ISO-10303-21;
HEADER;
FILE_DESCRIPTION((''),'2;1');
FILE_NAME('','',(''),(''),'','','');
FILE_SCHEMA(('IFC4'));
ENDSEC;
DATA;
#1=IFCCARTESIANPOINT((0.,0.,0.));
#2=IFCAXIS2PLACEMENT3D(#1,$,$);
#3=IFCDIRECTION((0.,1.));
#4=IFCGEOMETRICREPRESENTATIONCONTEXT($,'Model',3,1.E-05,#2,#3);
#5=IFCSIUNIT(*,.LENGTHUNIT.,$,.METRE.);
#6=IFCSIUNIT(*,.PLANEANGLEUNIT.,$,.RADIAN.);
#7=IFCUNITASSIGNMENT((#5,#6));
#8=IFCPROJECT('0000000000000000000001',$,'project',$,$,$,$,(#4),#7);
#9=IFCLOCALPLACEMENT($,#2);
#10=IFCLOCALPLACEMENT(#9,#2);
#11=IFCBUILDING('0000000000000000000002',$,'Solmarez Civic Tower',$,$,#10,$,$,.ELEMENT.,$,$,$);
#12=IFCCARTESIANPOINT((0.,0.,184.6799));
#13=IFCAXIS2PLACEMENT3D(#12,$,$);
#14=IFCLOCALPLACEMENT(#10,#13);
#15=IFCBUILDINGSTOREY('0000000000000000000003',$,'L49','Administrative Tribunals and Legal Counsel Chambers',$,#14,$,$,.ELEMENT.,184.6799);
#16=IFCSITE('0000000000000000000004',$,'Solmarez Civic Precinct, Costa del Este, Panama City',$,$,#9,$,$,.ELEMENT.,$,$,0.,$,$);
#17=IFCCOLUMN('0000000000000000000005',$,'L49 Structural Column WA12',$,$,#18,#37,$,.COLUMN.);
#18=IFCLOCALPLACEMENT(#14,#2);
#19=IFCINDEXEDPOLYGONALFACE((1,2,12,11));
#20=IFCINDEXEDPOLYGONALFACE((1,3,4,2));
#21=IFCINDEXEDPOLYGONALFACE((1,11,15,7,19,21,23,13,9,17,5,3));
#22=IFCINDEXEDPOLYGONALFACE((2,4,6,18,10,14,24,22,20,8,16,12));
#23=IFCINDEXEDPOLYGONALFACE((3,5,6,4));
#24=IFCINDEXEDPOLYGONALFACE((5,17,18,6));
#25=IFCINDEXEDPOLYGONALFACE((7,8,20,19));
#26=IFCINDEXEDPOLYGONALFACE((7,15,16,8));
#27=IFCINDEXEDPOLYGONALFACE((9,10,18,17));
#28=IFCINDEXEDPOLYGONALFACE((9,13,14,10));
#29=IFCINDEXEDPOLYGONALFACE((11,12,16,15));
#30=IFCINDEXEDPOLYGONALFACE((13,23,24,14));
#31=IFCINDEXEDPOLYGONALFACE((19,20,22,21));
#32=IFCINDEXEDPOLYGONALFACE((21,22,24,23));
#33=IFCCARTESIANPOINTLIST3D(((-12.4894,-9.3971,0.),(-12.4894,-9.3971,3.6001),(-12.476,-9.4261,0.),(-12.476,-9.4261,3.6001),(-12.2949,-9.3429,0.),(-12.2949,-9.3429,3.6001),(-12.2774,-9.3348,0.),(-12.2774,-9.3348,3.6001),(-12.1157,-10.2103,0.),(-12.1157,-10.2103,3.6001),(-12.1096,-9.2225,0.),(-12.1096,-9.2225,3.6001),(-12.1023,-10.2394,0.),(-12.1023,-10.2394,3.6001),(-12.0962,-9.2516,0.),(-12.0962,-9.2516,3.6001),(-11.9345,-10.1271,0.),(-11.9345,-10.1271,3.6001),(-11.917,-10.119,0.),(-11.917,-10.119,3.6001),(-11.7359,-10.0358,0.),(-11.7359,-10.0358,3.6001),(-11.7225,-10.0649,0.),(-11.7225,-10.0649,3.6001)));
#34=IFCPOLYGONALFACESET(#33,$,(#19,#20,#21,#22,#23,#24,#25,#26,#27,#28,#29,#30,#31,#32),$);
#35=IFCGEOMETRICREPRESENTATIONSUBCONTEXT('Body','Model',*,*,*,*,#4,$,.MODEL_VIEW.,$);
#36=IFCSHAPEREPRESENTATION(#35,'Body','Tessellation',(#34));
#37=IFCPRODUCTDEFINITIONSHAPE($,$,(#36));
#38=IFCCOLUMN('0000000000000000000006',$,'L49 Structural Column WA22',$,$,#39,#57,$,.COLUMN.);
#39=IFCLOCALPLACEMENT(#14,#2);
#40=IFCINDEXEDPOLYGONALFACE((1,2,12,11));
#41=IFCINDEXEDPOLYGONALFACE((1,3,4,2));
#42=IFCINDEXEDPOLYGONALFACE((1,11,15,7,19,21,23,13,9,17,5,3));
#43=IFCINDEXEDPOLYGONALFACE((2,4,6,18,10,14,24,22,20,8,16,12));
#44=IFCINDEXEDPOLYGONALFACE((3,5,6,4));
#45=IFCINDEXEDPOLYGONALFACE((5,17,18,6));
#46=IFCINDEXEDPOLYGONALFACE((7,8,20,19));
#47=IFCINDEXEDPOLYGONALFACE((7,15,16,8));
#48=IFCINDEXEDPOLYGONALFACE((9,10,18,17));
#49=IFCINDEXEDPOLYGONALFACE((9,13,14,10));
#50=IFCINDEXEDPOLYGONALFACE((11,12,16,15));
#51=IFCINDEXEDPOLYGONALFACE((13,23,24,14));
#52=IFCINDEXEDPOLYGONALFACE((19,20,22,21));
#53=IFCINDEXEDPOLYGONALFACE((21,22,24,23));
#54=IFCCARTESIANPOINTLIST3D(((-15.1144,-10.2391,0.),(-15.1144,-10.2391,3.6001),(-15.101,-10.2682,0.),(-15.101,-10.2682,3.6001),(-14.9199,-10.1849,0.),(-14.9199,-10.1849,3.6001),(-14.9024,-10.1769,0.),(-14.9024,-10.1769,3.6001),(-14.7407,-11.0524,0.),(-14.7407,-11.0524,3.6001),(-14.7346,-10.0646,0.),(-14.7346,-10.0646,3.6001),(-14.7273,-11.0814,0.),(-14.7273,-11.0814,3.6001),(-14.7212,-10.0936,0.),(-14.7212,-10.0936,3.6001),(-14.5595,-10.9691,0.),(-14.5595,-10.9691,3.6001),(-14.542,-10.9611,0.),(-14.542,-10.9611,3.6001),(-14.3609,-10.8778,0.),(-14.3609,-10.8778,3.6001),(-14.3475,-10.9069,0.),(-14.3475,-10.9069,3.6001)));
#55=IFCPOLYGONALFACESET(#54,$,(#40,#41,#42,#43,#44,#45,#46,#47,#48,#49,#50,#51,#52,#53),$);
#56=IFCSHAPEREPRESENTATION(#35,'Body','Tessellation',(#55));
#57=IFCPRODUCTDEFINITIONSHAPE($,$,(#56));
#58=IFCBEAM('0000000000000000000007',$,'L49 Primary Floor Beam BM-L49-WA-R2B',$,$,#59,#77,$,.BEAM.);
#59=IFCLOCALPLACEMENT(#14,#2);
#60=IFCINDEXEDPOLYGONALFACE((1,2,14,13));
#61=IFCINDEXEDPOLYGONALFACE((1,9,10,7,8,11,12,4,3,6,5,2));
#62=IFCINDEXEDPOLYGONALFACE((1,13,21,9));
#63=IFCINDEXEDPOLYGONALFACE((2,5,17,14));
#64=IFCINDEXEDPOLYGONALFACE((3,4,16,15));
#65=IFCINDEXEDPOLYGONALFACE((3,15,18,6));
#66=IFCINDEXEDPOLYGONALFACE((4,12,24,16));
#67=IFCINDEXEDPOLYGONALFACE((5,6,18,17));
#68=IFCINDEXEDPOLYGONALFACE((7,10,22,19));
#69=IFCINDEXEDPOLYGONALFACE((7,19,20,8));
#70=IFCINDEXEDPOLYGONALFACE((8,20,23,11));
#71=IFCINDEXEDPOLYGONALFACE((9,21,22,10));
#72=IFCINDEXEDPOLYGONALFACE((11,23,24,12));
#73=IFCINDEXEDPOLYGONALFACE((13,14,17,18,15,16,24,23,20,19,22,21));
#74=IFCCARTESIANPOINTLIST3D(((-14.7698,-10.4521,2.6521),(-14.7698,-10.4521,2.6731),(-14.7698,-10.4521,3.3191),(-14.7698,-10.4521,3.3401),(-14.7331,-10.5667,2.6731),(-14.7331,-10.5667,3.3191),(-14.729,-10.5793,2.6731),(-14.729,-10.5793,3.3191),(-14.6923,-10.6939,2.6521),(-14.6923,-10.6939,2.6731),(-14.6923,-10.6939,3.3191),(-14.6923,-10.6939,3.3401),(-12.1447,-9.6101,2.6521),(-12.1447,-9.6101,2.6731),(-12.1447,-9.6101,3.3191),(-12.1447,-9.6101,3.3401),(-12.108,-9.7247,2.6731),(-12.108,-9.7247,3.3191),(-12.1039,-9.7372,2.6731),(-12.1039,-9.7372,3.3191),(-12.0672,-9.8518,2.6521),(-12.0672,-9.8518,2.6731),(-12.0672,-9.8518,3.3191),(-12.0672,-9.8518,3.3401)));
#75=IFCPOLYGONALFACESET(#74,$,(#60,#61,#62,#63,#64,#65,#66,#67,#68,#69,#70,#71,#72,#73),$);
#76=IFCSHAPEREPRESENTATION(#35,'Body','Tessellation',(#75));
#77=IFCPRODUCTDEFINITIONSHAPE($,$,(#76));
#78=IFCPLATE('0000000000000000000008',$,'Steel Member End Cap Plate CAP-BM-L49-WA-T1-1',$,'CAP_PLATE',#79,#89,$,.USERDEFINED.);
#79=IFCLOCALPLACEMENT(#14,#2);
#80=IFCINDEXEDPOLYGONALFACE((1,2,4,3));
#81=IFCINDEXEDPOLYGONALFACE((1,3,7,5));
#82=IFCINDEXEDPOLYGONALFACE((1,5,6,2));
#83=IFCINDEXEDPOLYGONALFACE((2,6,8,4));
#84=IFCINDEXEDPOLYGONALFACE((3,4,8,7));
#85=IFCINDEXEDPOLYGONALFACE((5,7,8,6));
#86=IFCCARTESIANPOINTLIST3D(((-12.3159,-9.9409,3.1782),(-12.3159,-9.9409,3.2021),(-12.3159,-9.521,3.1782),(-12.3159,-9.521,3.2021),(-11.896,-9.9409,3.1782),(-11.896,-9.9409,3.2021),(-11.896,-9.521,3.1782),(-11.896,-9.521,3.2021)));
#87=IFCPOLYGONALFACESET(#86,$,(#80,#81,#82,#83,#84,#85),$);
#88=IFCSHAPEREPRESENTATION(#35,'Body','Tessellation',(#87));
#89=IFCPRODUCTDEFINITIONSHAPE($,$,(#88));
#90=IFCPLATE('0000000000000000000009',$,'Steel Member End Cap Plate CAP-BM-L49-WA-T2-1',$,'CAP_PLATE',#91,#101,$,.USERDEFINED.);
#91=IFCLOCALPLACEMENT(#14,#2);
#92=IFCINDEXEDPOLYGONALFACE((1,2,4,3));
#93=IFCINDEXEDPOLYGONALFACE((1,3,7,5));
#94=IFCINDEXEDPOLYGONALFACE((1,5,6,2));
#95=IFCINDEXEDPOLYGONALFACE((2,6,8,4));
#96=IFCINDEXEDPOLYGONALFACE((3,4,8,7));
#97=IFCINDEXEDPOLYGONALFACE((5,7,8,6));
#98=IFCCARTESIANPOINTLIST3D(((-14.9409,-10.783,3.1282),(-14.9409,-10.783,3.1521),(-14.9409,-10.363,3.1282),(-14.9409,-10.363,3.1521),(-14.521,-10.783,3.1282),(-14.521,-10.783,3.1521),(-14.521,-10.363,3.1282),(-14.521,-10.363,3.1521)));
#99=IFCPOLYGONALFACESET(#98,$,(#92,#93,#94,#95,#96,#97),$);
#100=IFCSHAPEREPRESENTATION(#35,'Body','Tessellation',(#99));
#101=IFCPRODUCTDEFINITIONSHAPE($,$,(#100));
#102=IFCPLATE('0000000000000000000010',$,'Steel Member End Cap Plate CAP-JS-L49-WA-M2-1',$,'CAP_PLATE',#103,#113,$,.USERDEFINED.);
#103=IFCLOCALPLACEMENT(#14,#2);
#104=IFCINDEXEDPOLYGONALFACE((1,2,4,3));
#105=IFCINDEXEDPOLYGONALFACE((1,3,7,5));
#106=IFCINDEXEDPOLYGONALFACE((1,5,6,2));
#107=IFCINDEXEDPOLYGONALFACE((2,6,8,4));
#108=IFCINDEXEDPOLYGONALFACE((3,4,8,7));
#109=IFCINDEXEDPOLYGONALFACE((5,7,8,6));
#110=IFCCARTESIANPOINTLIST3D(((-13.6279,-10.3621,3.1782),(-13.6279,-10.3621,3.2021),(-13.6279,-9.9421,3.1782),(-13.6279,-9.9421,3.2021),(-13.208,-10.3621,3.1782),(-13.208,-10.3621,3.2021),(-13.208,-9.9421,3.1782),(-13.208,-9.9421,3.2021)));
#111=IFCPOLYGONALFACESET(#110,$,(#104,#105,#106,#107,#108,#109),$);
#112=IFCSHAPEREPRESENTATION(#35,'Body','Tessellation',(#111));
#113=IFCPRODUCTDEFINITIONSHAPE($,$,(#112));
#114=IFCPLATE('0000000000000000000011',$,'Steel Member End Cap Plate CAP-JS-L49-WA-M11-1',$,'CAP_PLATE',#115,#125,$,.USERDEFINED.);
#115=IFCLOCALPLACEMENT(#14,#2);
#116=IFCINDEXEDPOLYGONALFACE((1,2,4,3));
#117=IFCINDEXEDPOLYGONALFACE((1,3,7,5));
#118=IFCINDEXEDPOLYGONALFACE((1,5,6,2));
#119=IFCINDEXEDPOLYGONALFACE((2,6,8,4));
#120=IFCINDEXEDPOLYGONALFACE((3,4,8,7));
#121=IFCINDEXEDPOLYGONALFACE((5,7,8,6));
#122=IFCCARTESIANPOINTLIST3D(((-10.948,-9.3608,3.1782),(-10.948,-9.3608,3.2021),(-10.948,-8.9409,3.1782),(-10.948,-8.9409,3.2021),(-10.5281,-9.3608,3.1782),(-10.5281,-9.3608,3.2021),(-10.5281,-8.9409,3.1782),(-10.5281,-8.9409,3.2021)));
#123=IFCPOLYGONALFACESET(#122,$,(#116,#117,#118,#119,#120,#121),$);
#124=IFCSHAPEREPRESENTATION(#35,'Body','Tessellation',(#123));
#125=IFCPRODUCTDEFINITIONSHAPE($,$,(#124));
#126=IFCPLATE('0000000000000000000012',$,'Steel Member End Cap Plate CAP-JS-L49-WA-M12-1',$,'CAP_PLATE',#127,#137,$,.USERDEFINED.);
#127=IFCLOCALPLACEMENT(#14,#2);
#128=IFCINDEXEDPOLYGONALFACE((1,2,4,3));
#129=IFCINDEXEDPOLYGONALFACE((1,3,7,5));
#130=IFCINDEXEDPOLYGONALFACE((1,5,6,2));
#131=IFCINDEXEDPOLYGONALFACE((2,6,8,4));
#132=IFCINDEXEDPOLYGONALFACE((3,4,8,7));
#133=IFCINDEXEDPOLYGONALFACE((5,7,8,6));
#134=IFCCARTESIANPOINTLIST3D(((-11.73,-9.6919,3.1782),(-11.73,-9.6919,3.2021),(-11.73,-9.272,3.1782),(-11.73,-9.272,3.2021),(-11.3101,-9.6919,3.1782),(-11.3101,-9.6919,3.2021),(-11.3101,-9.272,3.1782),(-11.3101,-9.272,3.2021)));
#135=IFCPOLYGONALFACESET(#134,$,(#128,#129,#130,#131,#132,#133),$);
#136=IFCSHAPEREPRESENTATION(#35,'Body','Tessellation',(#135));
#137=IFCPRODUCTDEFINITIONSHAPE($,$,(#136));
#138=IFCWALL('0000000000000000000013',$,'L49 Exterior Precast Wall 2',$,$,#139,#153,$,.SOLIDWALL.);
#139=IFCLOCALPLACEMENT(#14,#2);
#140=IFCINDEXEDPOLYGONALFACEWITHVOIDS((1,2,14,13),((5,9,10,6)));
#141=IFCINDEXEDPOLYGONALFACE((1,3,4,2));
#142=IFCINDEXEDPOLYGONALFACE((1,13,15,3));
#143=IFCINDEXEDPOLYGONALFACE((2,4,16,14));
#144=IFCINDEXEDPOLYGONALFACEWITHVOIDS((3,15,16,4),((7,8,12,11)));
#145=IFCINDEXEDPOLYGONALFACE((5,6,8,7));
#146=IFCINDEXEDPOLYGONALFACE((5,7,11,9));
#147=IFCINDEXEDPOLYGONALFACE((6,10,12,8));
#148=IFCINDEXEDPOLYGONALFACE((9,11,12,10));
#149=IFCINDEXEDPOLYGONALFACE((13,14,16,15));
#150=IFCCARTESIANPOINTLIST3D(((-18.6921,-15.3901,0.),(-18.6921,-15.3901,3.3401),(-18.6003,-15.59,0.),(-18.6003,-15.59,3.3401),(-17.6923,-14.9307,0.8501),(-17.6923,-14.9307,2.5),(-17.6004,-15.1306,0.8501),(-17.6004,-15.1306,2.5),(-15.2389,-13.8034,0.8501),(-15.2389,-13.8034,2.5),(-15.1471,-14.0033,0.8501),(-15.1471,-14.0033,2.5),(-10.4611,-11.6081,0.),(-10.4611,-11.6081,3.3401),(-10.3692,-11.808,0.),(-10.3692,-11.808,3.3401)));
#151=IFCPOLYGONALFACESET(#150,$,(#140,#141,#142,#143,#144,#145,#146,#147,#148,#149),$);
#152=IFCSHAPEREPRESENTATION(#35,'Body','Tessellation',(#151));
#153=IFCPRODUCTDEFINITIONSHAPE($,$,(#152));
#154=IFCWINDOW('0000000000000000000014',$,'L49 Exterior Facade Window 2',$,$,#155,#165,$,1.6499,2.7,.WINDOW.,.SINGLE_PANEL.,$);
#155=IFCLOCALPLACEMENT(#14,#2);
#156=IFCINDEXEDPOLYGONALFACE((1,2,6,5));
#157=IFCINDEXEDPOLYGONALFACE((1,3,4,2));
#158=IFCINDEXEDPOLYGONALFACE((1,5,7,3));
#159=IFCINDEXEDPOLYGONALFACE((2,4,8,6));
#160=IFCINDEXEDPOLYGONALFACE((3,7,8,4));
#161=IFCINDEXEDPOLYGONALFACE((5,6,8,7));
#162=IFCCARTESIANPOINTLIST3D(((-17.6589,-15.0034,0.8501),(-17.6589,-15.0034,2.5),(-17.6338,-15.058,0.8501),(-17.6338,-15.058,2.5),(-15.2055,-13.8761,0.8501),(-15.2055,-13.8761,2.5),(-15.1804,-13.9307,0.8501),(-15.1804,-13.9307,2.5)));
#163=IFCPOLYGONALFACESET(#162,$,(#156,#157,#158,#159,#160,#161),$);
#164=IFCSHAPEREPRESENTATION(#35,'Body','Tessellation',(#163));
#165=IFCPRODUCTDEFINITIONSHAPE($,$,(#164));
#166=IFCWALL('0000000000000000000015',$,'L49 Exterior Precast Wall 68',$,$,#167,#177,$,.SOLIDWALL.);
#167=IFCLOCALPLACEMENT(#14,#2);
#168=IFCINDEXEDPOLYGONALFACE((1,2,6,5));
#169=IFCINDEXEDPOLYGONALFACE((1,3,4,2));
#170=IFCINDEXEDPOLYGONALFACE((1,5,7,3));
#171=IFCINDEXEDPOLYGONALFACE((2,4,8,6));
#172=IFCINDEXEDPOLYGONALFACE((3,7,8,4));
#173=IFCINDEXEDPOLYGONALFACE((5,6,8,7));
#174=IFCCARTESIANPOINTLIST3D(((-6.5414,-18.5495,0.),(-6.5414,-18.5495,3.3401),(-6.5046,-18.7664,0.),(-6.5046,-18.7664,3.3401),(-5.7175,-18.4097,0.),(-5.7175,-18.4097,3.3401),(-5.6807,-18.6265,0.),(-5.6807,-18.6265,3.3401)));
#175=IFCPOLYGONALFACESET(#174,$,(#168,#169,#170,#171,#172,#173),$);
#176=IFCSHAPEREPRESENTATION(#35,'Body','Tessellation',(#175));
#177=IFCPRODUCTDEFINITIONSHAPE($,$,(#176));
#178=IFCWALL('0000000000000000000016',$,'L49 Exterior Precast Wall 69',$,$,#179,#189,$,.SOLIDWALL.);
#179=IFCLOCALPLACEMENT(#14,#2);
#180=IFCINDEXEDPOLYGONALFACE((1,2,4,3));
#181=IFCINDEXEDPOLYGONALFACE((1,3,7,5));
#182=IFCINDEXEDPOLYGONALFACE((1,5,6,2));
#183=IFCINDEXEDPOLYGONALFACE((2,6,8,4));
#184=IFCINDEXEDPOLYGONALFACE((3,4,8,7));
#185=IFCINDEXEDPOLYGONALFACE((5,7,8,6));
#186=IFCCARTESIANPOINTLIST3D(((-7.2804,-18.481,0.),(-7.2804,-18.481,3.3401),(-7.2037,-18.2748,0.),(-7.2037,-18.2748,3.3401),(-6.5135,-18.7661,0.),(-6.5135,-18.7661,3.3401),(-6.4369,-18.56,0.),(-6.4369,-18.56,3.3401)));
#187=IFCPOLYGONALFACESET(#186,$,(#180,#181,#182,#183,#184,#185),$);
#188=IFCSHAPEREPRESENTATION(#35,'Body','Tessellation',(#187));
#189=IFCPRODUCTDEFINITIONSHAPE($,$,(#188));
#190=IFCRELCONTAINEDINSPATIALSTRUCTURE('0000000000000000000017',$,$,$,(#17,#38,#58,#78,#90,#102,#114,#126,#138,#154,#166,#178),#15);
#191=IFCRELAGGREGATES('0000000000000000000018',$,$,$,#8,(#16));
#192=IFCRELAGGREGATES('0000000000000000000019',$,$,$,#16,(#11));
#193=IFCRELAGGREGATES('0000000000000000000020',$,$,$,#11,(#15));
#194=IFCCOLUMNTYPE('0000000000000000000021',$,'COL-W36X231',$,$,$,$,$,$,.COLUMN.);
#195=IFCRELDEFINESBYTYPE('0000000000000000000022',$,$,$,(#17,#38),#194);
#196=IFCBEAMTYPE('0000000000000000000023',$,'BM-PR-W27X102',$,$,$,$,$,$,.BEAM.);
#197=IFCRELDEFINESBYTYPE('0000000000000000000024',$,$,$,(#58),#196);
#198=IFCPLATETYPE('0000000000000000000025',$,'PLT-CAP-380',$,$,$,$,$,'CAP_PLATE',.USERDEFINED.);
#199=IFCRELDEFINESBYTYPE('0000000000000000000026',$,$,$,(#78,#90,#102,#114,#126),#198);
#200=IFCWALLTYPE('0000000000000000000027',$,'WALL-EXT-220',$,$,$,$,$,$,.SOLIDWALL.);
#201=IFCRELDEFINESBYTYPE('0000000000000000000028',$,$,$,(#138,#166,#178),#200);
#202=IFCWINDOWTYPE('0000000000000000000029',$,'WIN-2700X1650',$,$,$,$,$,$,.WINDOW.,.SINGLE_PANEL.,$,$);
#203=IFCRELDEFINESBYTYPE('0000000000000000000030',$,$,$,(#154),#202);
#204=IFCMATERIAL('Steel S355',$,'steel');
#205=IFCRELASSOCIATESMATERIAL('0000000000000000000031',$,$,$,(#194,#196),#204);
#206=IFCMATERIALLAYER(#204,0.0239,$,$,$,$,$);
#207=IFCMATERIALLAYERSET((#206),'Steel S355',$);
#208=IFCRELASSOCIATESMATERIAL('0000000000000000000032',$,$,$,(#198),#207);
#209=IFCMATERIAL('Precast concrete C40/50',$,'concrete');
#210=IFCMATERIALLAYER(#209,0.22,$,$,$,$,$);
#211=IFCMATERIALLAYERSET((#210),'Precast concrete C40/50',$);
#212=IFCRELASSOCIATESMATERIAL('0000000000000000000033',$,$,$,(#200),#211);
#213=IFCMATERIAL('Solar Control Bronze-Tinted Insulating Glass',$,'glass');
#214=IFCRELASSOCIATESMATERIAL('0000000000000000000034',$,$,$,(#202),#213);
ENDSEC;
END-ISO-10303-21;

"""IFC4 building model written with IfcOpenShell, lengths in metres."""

from ifc_helpers import new_model, si_unit, direction, frame, frame_2d, origin, origin_2d, place, context, subcontext, project, spatial, rectangle, i_section, extrude, material, layer, layer_set, material_profile, profile_set, type_object, element, fill, save


model = new_model("IFC4")

# Units and contexts
model_context = context("Model", 3, precision=1e-05, world=origin(), true_north=direction((0.0, 1.0)))
body_context = subcontext(model_context, "Body", "Model", "MODEL_VIEW")
ifc_project = project(units=[si_unit("LENGTHUNIT", "METRE"), si_unit("PLANEANGLEUNIT", "RADIAN")], contexts=[model_context])

# Site, building, storey
site_placement = place(None, origin())
site = spatial("IfcSite", under=ifc_project, at=site_placement, Name="Solmarez Civic Precinct, Costa del Este, Panama City", CompositionType="ELEMENT", RefElevation=0.0)
building_placement = place(site_placement, origin())
building = spatial("IfcBuilding", under=site, at=building_placement, Name="Solmarez Civic Tower", CompositionType="ELEMENT")
storey_placement = place(building_placement, frame((0.0, 0.0, 184.6799)))
storey = spatial("IfcBuildingStorey", under=building, at=storey_placement, Name="L49", Description="Administrative Tribunals and Legal Counsel Chambers", CompositionType="ELEMENT", Elevation=184.6799)

# Columns
ifc_material_1 = material(Name="Steel S355", Category="steel")
ifc_material_profile_1 = material_profile(ifc_material_1, i_section(OverallWidth=0.418, OverallDepth=0.927, WebThickness=0.0193, FlangeThickness=0.032, at=origin_2d()), Name="W36X231")
ifc_profile_set_1 = profile_set([ifc_material_profile_1], Name="Steel S355")
column_type = type_object("IfcColumnType", Name="COL-W36X231", PredefinedType="COLUMN", material=ifc_profile_set_1)
for number, where, z_axis, x_axis, name in (
    (1, (-12.106, -9.731, 0.0), (0.0, 0.0, 1.0), (0.908654, 0.41755, 0.0), "L49 Structural Column WA12"),
    (2, (-14.731, -10.573, 0.0), (0.0, 0.0, 1.0), (0.908654, 0.41755, 0.0), "L49 Structural Column WA22"),
):
    element("IfcColumn", number, at=place(storey_placement, frame(where, z_axis=z_axis, x_axis=x_axis)), inside=storey, type_object=column_type, Name=name, PredefinedType="COLUMN", context=body_context, shape_type="SweptSolid", body=[
        extrude(i_section(OverallWidth=0.418, OverallDepth=0.927, WebThickness=0.0193, FlangeThickness=0.032, at=origin_2d()), origin(), (0.0, 0.0, 1.0), 3.6001),
    ])

# Beam
ifc_material_profile_2 = material_profile(ifc_material_1, i_section(OverallWidth=0.2539, OverallDepth=0.688, WebThickness=0.0132, FlangeThickness=0.021, at=origin_2d()), Name="W27X102")
ifc_profile_set_2 = profile_set([ifc_material_profile_2], Name="Steel S355")
beam_type = type_object("IfcBeamType", Name="BM-PR-W27X102", PredefinedType="BEAM", material=ifc_profile_set_2)
beam_placement = place(storey_placement, frame((-12.106, -9.731, 2.9961), z_axis=(-0.952209, -0.305447, 0.0), x_axis=(0.305447, -0.952209, 0.0)))
element("IfcBeam", 3, at=beam_placement, inside=storey, type_object=beam_type, Name="L49 Primary Floor Beam BM-L49-WA-R2B", PredefinedType="BEAM", context=body_context, shape_type="SweptSolid", body=[
    extrude(i_section(OverallWidth=0.2539, OverallDepth=0.688, WebThickness=0.0132, FlangeThickness=0.021, at=origin_2d()), origin(), (0.0, 0.0, 1.0), 2.7568),
])

# Plates
ifc_layer_1 = layer(ifc_material_1, 0.0239)
ifc_layer_set_1 = layer_set([ifc_layer_1], Name="Steel S355")
plate_type = type_object("IfcPlateType", Name="PLT-CAP-380", ElementType="CAP_PLATE", PredefinedType="USERDEFINED", material=ifc_layer_set_1)
for number, where, z_axis, x_axis, name in (
    (4, (-12.106, -9.731, 3.1782), (0.0, 0.0, 1.0), (1.0, 0.0, 0.0), "Steel Member End Cap Plate CAP-BM-L49-WA-T1-1"),
    (5, (-14.731, -10.573, 3.1282), (0.0, 0.0, 1.0), (1.0, 0.0, 0.0), "Steel Member End Cap Plate CAP-BM-L49-WA-T2-1"),
    (6, (-13.418, -10.1521, 3.1782), (0.0, 0.0, 1.0), (1.0, 0.0, 0.0), "Steel Member End Cap Plate CAP-JS-L49-WA-M2-1"),
    (7, (-10.738, -9.1509, 3.1782), (0.0, 0.0, 1.0), (1.0, 0.0, 0.0), "Steel Member End Cap Plate CAP-JS-L49-WA-M11-1"),
    (8, (-11.52, -9.4819, 3.1782), (0.0, 0.0, 1.0), (1.0, 0.0, 0.0), "Steel Member End Cap Plate CAP-JS-L49-WA-M12-1"),
):
    element("IfcPlate", number, at=place(storey_placement, frame(where, z_axis=z_axis, x_axis=x_axis)), inside=storey, type_object=plate_type, Name=name, ObjectType="CAP_PLATE", PredefinedType="USERDEFINED", context=body_context, shape_type="SweptSolid", body=[
        extrude(rectangle(XDim=0.4199, YDim=0.4199, at=origin_2d()), origin(), (0.0, 0.0, 1.0), 0.0239),
    ])

# Wall, opening, window
ifc_material_2 = material(Name="Precast concrete C40/50", Category="concrete")
ifc_layer_2 = layer(ifc_material_2, 0.22)
ifc_layer_set_2 = layer_set([ifc_layer_2], Name="Precast concrete C40/50")
wall_type_1 = type_object("IfcWallType", Name="WALL-EXT-220", PredefinedType="SOLIDWALL", material=ifc_layer_set_2)
wall_1_placement = place(storey_placement, frame((-10.415, -11.708, 0.0), z_axis=(0.0, 0.0, 1.0), x_axis=(-0.908669, -0.417518, 0.0)))
wall_1 = element("IfcWall", 9, at=wall_1_placement, inside=storey, type_object=wall_type_1, Name="L49 Exterior Precast Wall 2", PredefinedType="SOLIDWALL", context=body_context, shape_type="SweptSolid", body=[
    extrude(rectangle(XDim=9.0583, YDim=0.22, at=frame_2d((4.5293, 0.0))), origin(), (0.0, 0.0, 1.0), 3.3401),
])
opening_1_placement = place(wall_1_placement, frame((5.2581, 0.0, 0.8501)))
opening_1 = element("IfcOpeningElement", 10, at=opening_1_placement, cuts=wall_1, PredefinedType="OPENING", context=body_context, shape_type="SweptSolid", body=[
    extrude(rectangle(XDim=2.7, YDim=1.6499, at=frame_2d((1.3501, 0.825))), frame((0.0, 0.1199, 0.0), z_axis=(0.0, -1.0, 0.0), x_axis=(1.0, 0.0, 0.0)), (0.0, 0.0, 1.0), 0.24),
])
ifc_material_3 = material(Name="Solar Control Bronze-Tinted Insulating Glass", Category="glass")
window_type = type_object("IfcWindowType", Name="WIN-2700X1650", PartitioningType="SINGLE_PANEL", PredefinedType="WINDOW", material=ifc_material_3)
window_placement = place(opening_1_placement, origin())
window = element("IfcWindow", 11, at=window_placement, inside=storey, type_object=window_type, Name="L49 Exterior Facade Window 2", OverallHeight=1.6499, OverallWidth=2.7, PartitioningType="SINGLE_PANEL", PredefinedType="WINDOW", context=body_context, shape_type="SweptSolid", body=[
    extrude(rectangle(XDim=2.7, YDim=1.6499, at=frame_2d((1.3501, 0.825))), frame((0.0, 0.03, 0.0), z_axis=(0.0, -1.0, 0.0), x_axis=(1.0, 0.0, 0.0)), (0.0, 0.0, 1.0), 0.0601),
])
fill(opening_1, window)

# Walls
wall_2_placement = place(storey_placement, frame((-5.699, -18.5181, 0.0), z_axis=(0.0, 0.0, 1.0), x_axis=(-0.985892, -0.167383, 0.0)))
element("IfcWall", 12, at=wall_2_placement, inside=storey, type_object=wall_type_1, Name="L49 Exterior Precast Wall 68", PredefinedType="SOLIDWALL", context=body_context, shape_type="SweptSolid", body=[
    extrude(rectangle(XDim=0.8357, YDim=0.22, at=frame_2d((0.418, 0.0))), origin(), (0.0, 0.0, 1.0), 3.3401),
])
wall_3_placement = place(storey_placement, frame((-6.4751, -18.6631, 0.0), z_axis=(0.0, 0.0, 1.0), x_axis=(-0.937294, 0.348539, 0.0)))
element("IfcWall", 13, at=wall_3_placement, inside=storey, type_object=wall_type_1, Name="L49 Exterior Precast Wall 69", PredefinedType="SOLIDWALL", context=body_context, shape_type="SweptSolid", body=[
    extrude(rectangle(XDim=0.8181, YDim=0.22, at=frame_2d((0.4092, 0.0))), origin(), (0.0, 0.0, 1.0), 3.3401),
])

save(model, "model.ifc")
